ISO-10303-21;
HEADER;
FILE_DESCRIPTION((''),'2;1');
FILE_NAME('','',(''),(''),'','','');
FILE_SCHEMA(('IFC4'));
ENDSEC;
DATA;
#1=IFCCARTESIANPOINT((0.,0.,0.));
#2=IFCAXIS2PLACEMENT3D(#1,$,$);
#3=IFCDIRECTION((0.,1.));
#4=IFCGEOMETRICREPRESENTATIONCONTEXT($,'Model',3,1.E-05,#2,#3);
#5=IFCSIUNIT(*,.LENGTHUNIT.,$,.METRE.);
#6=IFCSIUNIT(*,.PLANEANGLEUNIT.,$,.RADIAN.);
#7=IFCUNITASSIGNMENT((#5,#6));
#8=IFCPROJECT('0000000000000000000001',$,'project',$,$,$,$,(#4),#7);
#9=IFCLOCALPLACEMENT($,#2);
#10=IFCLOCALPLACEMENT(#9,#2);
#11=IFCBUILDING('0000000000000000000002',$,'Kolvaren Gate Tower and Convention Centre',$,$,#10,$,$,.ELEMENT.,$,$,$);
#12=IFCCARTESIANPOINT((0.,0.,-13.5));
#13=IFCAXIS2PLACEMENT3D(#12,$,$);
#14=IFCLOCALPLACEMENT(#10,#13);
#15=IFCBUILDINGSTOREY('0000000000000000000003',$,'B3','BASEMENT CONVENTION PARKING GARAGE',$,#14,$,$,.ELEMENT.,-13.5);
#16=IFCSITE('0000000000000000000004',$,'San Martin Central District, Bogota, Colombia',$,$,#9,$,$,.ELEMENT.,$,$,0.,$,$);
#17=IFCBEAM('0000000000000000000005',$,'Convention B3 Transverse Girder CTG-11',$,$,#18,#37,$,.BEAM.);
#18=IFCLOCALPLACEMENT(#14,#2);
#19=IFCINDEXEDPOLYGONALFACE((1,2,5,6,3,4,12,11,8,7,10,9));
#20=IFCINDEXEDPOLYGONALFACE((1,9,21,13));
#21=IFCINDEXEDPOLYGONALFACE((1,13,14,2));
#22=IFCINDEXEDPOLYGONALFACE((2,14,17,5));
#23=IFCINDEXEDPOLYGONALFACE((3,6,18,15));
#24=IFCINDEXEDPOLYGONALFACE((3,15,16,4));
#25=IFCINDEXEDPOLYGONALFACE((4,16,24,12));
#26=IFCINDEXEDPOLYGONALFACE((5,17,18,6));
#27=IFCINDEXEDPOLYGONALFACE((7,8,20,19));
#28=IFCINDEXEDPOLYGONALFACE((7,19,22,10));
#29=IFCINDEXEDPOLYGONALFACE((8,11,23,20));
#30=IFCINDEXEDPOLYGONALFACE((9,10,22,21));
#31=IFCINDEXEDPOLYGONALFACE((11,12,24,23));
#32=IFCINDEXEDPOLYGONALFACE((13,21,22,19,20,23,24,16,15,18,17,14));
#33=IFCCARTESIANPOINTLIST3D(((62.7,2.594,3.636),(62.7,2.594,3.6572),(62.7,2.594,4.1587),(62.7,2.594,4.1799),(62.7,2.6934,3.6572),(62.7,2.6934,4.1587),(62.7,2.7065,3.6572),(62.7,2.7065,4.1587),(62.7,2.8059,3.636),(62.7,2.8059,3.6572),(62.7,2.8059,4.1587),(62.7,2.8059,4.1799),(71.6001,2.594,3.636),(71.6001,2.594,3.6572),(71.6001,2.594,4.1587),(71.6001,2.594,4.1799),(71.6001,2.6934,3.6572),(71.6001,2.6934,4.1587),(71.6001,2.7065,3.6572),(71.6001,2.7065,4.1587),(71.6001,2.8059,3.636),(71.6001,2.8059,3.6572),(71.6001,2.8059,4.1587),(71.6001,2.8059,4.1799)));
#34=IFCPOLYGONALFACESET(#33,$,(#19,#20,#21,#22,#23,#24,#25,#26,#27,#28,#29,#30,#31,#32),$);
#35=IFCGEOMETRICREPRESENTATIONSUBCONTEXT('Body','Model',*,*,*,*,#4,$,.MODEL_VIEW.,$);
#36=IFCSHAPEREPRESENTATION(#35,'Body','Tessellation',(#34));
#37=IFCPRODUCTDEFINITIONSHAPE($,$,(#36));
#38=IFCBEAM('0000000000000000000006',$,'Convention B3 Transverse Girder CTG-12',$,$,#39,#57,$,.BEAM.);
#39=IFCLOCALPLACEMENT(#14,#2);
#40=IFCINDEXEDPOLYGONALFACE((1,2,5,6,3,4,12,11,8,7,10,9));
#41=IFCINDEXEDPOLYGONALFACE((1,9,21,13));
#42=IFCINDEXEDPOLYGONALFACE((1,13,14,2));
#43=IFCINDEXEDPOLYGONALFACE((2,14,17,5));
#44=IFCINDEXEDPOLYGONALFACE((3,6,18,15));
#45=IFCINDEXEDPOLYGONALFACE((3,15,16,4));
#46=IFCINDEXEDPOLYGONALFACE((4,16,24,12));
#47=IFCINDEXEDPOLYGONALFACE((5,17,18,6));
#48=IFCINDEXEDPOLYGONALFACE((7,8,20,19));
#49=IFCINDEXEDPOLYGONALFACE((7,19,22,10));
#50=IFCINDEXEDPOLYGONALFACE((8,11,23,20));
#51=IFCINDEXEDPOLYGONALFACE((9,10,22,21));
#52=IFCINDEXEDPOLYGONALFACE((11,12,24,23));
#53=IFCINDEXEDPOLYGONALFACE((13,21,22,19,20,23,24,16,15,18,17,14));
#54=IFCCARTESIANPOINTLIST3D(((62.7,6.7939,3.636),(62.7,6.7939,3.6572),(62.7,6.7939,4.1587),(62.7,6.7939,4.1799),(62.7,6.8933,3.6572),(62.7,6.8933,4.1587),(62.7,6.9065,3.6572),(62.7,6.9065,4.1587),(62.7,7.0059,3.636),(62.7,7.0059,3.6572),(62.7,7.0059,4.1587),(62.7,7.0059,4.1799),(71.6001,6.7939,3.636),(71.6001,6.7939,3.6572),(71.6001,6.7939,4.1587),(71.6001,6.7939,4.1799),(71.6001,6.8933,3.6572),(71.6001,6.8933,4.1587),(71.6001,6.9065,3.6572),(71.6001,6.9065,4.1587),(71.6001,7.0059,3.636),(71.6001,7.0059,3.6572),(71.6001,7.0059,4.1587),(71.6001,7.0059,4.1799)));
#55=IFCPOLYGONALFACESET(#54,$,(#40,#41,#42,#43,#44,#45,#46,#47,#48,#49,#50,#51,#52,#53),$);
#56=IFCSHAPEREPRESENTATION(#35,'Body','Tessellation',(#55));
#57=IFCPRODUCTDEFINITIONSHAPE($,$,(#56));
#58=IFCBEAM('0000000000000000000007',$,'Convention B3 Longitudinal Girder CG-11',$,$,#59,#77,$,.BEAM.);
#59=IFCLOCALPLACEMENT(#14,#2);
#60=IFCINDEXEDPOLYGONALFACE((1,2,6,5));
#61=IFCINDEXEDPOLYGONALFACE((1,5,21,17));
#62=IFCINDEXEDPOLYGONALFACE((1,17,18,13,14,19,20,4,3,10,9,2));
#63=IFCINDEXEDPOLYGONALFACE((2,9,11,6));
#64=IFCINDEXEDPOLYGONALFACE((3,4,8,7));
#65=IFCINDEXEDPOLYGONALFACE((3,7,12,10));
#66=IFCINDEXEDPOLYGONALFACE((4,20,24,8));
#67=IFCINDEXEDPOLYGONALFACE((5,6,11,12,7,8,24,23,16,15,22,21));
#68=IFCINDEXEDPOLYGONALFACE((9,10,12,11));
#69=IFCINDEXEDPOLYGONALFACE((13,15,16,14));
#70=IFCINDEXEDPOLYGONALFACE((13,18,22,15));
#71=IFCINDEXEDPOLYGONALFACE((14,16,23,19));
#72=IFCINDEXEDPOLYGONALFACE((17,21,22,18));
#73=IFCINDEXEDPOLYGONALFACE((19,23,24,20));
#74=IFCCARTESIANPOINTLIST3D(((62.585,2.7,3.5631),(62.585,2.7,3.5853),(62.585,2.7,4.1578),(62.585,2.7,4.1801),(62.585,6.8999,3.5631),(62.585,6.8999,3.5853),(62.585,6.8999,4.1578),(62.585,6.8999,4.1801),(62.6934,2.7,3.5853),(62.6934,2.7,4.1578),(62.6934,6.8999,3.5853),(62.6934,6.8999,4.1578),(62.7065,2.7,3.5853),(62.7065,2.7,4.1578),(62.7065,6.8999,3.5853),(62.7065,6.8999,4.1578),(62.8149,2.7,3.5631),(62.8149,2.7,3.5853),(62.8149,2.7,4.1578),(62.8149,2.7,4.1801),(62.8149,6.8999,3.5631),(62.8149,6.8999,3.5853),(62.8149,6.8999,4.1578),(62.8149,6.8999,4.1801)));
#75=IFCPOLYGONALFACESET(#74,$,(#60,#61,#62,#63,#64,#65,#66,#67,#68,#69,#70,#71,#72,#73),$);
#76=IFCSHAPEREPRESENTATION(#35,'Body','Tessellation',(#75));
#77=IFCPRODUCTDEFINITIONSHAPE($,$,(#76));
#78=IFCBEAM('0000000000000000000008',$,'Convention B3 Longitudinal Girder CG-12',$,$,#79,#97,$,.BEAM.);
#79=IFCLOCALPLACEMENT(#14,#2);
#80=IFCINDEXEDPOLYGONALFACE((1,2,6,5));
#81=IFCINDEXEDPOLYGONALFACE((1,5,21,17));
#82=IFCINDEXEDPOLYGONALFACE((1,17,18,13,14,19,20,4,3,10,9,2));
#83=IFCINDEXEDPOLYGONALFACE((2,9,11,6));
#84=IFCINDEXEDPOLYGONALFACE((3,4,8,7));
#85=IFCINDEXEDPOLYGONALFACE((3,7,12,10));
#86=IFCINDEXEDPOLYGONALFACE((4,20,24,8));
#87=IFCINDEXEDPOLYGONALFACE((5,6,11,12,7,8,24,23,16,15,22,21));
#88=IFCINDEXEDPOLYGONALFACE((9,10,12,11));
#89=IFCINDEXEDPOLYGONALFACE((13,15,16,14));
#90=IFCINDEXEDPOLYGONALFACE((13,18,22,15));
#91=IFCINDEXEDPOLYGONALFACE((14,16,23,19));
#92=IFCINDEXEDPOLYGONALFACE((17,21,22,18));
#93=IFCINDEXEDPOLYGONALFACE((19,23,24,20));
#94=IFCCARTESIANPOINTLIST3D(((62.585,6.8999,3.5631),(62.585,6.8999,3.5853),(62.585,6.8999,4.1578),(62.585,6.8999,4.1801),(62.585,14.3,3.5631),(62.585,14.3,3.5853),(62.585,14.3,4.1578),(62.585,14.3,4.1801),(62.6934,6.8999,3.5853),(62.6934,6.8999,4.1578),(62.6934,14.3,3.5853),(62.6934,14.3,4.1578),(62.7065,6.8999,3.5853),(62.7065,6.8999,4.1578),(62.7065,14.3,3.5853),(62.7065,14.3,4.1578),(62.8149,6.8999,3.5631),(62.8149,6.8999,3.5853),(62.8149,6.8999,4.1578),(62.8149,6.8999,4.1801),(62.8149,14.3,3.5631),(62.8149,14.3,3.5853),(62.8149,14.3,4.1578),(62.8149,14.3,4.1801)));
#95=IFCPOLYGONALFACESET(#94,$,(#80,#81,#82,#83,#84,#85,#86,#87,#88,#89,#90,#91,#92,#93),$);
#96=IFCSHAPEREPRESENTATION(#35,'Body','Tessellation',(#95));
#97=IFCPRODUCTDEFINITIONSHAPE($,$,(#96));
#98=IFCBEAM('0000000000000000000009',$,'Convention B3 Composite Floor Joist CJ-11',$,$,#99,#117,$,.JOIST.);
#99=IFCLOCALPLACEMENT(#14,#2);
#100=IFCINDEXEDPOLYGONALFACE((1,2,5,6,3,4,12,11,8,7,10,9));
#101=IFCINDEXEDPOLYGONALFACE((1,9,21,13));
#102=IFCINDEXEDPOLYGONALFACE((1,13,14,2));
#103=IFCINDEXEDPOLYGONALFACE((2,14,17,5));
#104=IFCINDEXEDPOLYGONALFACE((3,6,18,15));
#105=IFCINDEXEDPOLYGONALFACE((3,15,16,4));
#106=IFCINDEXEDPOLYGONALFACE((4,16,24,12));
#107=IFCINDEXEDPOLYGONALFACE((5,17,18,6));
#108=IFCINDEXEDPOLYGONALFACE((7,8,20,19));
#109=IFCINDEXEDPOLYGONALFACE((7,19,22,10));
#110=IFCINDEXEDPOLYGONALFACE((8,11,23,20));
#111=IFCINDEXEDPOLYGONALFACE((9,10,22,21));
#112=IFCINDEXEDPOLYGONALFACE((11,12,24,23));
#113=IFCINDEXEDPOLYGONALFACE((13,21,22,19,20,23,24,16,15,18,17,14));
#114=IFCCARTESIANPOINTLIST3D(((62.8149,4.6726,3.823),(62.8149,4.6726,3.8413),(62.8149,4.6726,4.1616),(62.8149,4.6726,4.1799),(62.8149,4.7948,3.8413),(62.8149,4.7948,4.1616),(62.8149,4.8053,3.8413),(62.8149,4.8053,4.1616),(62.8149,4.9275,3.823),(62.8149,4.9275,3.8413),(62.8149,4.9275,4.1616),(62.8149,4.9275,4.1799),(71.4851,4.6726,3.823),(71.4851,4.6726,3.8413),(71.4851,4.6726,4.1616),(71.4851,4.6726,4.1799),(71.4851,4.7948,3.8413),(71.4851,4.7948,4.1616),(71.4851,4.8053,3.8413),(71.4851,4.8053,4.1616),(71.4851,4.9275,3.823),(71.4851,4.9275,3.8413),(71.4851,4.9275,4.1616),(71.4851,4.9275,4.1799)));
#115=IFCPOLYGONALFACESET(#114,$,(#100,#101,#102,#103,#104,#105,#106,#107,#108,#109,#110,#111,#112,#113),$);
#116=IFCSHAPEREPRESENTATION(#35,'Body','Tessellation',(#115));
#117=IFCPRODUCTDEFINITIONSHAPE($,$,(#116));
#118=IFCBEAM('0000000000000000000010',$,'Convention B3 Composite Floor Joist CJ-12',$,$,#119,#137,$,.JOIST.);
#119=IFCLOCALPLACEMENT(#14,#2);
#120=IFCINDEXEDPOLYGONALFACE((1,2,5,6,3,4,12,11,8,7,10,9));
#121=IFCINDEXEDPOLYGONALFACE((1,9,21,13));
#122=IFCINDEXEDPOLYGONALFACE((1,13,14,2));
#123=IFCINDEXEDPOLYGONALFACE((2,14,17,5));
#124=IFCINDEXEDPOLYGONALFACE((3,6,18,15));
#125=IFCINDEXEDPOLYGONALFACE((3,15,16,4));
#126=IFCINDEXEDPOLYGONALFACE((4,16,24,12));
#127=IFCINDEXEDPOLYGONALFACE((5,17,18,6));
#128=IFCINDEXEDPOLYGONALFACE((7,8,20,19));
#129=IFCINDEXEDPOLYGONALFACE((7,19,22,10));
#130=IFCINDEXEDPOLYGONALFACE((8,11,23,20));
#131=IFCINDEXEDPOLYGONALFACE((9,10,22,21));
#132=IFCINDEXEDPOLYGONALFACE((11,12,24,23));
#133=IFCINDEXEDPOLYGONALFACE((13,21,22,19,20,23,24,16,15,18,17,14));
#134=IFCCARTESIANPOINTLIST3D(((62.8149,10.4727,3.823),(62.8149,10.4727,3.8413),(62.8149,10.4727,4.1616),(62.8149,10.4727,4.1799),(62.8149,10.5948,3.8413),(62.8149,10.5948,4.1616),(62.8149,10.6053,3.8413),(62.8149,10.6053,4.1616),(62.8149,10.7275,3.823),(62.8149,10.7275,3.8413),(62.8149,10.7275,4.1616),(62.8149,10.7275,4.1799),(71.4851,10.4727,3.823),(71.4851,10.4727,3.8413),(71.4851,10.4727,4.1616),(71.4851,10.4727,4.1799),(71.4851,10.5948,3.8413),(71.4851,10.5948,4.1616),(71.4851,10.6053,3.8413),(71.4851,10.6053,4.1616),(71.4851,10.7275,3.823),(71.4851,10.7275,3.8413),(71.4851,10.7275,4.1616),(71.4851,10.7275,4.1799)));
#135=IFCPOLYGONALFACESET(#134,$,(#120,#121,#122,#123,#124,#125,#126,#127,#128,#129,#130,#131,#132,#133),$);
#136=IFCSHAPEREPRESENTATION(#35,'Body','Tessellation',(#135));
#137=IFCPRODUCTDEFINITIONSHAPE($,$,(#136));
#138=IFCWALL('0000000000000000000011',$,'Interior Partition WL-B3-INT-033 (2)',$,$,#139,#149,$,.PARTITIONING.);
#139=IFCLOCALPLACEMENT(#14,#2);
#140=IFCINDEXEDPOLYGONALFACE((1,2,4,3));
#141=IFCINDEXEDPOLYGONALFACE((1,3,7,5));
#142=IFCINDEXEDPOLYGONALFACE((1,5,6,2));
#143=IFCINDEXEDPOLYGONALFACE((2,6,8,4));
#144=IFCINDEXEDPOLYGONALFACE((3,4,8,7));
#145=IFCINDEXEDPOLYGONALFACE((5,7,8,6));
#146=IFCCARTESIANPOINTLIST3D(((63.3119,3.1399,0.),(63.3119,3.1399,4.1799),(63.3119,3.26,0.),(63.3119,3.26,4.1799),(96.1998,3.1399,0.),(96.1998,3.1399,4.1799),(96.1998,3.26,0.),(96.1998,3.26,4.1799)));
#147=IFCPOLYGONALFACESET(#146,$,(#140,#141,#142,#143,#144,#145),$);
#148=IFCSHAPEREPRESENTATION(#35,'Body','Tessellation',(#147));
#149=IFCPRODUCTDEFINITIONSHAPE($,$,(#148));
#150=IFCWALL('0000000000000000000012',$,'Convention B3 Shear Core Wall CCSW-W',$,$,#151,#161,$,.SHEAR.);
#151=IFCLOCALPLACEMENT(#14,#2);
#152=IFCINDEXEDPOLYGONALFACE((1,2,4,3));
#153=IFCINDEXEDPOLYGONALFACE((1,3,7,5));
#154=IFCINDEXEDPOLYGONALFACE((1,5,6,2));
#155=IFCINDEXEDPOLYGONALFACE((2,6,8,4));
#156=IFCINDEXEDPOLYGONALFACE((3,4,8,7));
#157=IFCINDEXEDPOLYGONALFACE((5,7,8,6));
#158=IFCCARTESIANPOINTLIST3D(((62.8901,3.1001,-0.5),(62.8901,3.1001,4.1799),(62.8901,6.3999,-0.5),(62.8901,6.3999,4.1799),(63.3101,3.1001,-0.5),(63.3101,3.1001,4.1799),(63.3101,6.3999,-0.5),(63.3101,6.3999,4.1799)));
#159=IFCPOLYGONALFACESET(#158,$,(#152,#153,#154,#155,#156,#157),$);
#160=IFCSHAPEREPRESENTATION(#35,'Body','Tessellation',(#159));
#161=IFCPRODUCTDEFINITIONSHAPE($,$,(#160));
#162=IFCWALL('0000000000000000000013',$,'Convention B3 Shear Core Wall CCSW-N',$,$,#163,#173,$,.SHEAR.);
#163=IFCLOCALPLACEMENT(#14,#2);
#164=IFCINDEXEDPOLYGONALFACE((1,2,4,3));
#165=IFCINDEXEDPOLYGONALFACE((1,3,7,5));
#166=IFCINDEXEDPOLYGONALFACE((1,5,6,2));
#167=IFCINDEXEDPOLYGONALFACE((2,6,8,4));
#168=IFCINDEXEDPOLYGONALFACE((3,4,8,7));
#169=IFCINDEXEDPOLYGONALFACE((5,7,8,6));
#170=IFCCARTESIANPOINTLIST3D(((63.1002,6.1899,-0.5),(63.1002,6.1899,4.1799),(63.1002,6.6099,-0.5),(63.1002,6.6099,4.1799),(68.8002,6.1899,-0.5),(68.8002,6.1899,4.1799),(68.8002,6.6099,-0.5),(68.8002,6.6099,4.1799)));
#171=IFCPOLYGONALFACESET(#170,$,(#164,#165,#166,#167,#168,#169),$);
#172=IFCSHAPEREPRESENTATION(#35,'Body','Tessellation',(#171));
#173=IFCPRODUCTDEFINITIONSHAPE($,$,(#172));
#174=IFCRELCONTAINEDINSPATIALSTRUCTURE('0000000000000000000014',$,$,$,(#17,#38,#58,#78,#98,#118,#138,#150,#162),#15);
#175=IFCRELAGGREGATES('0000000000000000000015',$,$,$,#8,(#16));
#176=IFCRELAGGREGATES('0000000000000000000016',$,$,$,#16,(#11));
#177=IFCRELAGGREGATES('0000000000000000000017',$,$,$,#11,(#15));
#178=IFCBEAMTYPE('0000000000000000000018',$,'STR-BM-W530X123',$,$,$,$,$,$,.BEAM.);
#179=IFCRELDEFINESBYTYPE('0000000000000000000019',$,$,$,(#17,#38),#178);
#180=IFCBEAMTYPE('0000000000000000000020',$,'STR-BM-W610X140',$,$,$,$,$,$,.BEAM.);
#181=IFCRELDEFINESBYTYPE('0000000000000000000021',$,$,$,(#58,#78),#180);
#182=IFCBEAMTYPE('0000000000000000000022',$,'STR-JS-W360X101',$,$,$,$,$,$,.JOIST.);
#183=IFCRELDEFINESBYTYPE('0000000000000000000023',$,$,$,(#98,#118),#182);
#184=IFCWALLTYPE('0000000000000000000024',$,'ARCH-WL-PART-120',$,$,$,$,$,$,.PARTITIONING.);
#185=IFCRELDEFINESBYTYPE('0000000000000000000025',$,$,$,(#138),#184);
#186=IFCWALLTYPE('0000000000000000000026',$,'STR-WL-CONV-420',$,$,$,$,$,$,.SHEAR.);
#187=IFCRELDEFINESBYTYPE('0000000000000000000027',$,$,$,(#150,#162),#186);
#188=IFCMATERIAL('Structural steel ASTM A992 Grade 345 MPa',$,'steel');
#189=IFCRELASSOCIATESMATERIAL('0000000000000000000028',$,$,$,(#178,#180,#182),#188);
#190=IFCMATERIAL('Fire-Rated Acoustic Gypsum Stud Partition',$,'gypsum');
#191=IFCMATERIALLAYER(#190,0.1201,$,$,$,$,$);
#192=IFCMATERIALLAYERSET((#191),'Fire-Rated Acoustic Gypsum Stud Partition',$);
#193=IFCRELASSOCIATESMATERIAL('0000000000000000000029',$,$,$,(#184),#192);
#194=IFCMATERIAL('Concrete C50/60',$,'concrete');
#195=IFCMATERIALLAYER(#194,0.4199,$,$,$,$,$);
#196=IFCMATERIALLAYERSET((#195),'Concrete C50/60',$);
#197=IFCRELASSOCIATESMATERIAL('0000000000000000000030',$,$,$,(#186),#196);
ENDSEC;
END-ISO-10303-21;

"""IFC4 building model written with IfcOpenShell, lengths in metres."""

from ifc_helpers import new_model, si_unit, direction, frame, frame_2d, origin, origin_2d, place, context, subcontext, project, spatial, rectangle, i_section, extrude, material, layer, layer_set, material_profile, profile_set, type_object, element, save


model = new_model("IFC4")

# Units and contexts
model_context = context("Model", 3, precision=1e-05, world=origin(), true_north=direction((0.0, 1.0)))
body_context = subcontext(model_context, "Body", "Model", "MODEL_VIEW")
ifc_project = project(units=[si_unit("LENGTHUNIT", "METRE"), si_unit("PLANEANGLEUNIT", "RADIAN")], contexts=[model_context])

# Site, building, storey
site_placement = place(None, origin())
site = spatial("IfcSite", under=ifc_project, at=site_placement, Name="San Martin Central District, Bogota, Colombia", CompositionType="ELEMENT", RefElevation=0.0)
building_placement = place(site_placement, origin())
building = spatial("IfcBuilding", under=site, at=building_placement, Name="Kolvaren Gate Tower and Convention Centre", CompositionType="ELEMENT")
storey_placement = place(building_placement, frame((0.0, 0.0, -13.5)))
storey = spatial("IfcBuildingStorey", under=building, at=storey_placement, Name="B3", Description="BASEMENT CONVENTION PARKING GARAGE", CompositionType="ELEMENT", Elevation=-13.5)

# Shared definitions
ifc_material_1 = material(Name="Concrete C50/60", Category="concrete")

# Beams
ifc_material_2 = material(Name="Structural steel ASTM A992 Grade 345 MPa", Category="steel")
ifc_material_profile_1 = material_profile(ifc_material_2, i_section(OverallWidth=0.2119, OverallDepth=0.5439, WebThickness=0.0132, FlangeThickness=0.0212, at=origin_2d()), Name="W530X123")
ifc_profile_set_1 = profile_set([ifc_material_profile_1], Name="Structural steel ASTM A992 Grade 345 MPa")
beam_type_1 = type_object("IfcBeamType", Name="STR-BM-W530X123", PredefinedType="BEAM", material=ifc_profile_set_1)
for number, where, z_axis, x_axis, name in (
    (1, (62.7, 2.7, 3.908), (1.0, 0.0, 0.0), (0.0, 1.0, 0.0), "Convention B3 Transverse Girder CTG-11"),
    (2, (62.7, 6.8999, 3.908), (1.0, 0.0, 0.0), (0.0, 1.0, 0.0), "Convention B3 Transverse Girder CTG-12"),
):
    element("IfcBeam", number, at=place(storey_placement, frame(where, z_axis=z_axis, x_axis=x_axis)), inside=storey, type_object=beam_type_1, Name=name, PredefinedType="BEAM", context=body_context, shape_type="SweptSolid", body=[
        extrude(i_section(OverallWidth=0.2119, OverallDepth=0.5439, WebThickness=0.0132, FlangeThickness=0.0212, at=origin_2d()), origin(), (0.0, 0.0, 1.0), 8.9001),
    ])
ifc_material_profile_2 = material_profile(ifc_material_2, i_section(OverallWidth=0.23, OverallDepth=0.6169, WebThickness=0.0132, FlangeThickness=0.0222, at=origin_2d()), Name="W610X140")
ifc_profile_set_2 = profile_set([ifc_material_profile_2], Name="Structural steel ASTM A992 Grade 345 MPa")
beam_type_2 = type_object("IfcBeamType", Name="STR-BM-W610X140", PredefinedType="BEAM", material=ifc_profile_set_2)
beam_1_placement = place(storey_placement, frame((62.7, 2.7, 3.8716), z_axis=(0.0, 1.0, 0.0), x_axis=(-1.0, 0.0, 0.0)))
element("IfcBeam", 3, at=beam_1_placement, inside=storey, type_object=beam_type_2, Name="Convention B3 Longitudinal Girder CG-11", PredefinedType="BEAM", context=body_context, shape_type="SweptSolid", body=[
    extrude(i_section(OverallWidth=0.23, OverallDepth=0.6169, WebThickness=0.0132, FlangeThickness=0.0222, at=origin_2d()), origin(), (0.0, 0.0, 1.0), 4.2),
])
beam_2_placement = place(storey_placement, frame((62.7, 6.8999, 3.8716), z_axis=(0.0, 1.0, 0.0), x_axis=(-1.0, 0.0, 0.0)))
element("IfcBeam", 4, at=beam_2_placement, inside=storey, type_object=beam_type_2, Name="Convention B3 Longitudinal Girder CG-12", PredefinedType="BEAM", context=body_context, shape_type="SweptSolid", body=[
    extrude(i_section(OverallWidth=0.23, OverallDepth=0.6169, WebThickness=0.0132, FlangeThickness=0.0222, at=origin_2d()), origin(), (0.0, 0.0, 1.0), 7.4001),
])
ifc_material_profile_3 = material_profile(ifc_material_2, i_section(OverallWidth=0.2549, OverallDepth=0.3569, WebThickness=0.0105, FlangeThickness=0.0183, at=origin_2d()), Name="W360X101")
ifc_profile_set_3 = profile_set([ifc_material_profile_3], Name="Structural steel ASTM A992 Grade 345 MPa")
beam_type_3 = type_object("IfcBeamType", Name="STR-JS-W360X101", PredefinedType="JOIST", material=ifc_profile_set_3)
for number, where, z_axis, x_axis, name in (
    (5, (62.8149, 4.8, 4.0015), (1.0, 0.0, 0.0), (0.0, 1.0, 0.0), "Convention B3 Composite Floor Joist CJ-11"),
    (6, (62.8149, 10.6001, 4.0015), (1.0, 0.0, 0.0), (0.0, 1.0, 0.0), "Convention B3 Composite Floor Joist CJ-12"),
):
    element("IfcBeam", number, at=place(storey_placement, frame(where, z_axis=z_axis, x_axis=x_axis)), inside=storey, type_object=beam_type_3, Name=name, PredefinedType="JOIST", context=body_context, shape_type="SweptSolid", body=[
        extrude(i_section(OverallWidth=0.2549, OverallDepth=0.3569, WebThickness=0.0105, FlangeThickness=0.0183, at=origin_2d()), origin(), (0.0, 0.0, 1.0), 8.6702),
    ])

# Walls
ifc_material_3 = material(Name="Fire-Rated Acoustic Gypsum Stud Partition", Category="gypsum")
ifc_layer_1 = layer(ifc_material_3, 0.1201)
ifc_layer_set_1 = layer_set([ifc_layer_1], Name="Fire-Rated Acoustic Gypsum Stud Partition")
wall_type_1 = type_object("IfcWallType", Name="ARCH-WL-PART-120", PredefinedType="PARTITIONING", material=ifc_layer_set_1)
wall_1_placement = place(storey_placement, frame((63.312, 3.2, 0.0), z_axis=(0.0, 0.0, 1.0), x_axis=(1.0, 0.0, 0.0)))
element("IfcWall", 7, at=wall_1_placement, inside=storey, type_object=wall_type_1, Name="Interior Partition WL-B3-INT-033 (2)", PredefinedType="PARTITIONING", context=body_context, shape_type="SweptSolid", body=[
    extrude(rectangle(XDim=32.8879, YDim=0.1201, at=frame_2d((16.4438, 0.0))), origin(), (0.0, 0.0, 1.0), 4.1799),
])
ifc_layer_2 = layer(ifc_material_1, 0.4199)
ifc_layer_set_2 = layer_set([ifc_layer_2], Name="Concrete C50/60")
wall_type_2 = type_object("IfcWallType", Name="STR-WL-CONV-420", PredefinedType="SHEAR", material=ifc_layer_set_2)
wall_2_placement = place(storey_placement, frame((63.1001, 3.1001, -0.5), z_axis=(0.0, 0.0, 1.0), x_axis=(0.0, 1.0, 0.0)))
element("IfcWall", 8, at=wall_2_placement, inside=storey, type_object=wall_type_2, Name="Convention B3 Shear Core Wall CCSW-W", PredefinedType="SHEAR", context=body_context, shape_type="SweptSolid", body=[
    extrude(rectangle(XDim=3.2998, YDim=0.4199, at=frame_2d((1.6499, 0.0))), origin(), (0.0, 0.0, 1.0), 4.6799),
])
wall_3_placement = place(storey_placement, frame((63.1001, 6.3999, -0.5), z_axis=(0.0, 0.0, 1.0), x_axis=(1.0, 0.0, 0.0)))
element("IfcWall", 9, at=wall_3_placement, inside=storey, type_object=wall_type_2, Name="Convention B3 Shear Core Wall CCSW-N", PredefinedType="SHEAR", context=body_context, shape_type="SweptSolid", body=[
    extrude(rectangle(XDim=5.7, YDim=0.4199, at=frame_2d((2.8501, 0.0))), origin(), (0.0, 0.0, 1.0), 4.6799),
])

save(model, "model.ifc")
